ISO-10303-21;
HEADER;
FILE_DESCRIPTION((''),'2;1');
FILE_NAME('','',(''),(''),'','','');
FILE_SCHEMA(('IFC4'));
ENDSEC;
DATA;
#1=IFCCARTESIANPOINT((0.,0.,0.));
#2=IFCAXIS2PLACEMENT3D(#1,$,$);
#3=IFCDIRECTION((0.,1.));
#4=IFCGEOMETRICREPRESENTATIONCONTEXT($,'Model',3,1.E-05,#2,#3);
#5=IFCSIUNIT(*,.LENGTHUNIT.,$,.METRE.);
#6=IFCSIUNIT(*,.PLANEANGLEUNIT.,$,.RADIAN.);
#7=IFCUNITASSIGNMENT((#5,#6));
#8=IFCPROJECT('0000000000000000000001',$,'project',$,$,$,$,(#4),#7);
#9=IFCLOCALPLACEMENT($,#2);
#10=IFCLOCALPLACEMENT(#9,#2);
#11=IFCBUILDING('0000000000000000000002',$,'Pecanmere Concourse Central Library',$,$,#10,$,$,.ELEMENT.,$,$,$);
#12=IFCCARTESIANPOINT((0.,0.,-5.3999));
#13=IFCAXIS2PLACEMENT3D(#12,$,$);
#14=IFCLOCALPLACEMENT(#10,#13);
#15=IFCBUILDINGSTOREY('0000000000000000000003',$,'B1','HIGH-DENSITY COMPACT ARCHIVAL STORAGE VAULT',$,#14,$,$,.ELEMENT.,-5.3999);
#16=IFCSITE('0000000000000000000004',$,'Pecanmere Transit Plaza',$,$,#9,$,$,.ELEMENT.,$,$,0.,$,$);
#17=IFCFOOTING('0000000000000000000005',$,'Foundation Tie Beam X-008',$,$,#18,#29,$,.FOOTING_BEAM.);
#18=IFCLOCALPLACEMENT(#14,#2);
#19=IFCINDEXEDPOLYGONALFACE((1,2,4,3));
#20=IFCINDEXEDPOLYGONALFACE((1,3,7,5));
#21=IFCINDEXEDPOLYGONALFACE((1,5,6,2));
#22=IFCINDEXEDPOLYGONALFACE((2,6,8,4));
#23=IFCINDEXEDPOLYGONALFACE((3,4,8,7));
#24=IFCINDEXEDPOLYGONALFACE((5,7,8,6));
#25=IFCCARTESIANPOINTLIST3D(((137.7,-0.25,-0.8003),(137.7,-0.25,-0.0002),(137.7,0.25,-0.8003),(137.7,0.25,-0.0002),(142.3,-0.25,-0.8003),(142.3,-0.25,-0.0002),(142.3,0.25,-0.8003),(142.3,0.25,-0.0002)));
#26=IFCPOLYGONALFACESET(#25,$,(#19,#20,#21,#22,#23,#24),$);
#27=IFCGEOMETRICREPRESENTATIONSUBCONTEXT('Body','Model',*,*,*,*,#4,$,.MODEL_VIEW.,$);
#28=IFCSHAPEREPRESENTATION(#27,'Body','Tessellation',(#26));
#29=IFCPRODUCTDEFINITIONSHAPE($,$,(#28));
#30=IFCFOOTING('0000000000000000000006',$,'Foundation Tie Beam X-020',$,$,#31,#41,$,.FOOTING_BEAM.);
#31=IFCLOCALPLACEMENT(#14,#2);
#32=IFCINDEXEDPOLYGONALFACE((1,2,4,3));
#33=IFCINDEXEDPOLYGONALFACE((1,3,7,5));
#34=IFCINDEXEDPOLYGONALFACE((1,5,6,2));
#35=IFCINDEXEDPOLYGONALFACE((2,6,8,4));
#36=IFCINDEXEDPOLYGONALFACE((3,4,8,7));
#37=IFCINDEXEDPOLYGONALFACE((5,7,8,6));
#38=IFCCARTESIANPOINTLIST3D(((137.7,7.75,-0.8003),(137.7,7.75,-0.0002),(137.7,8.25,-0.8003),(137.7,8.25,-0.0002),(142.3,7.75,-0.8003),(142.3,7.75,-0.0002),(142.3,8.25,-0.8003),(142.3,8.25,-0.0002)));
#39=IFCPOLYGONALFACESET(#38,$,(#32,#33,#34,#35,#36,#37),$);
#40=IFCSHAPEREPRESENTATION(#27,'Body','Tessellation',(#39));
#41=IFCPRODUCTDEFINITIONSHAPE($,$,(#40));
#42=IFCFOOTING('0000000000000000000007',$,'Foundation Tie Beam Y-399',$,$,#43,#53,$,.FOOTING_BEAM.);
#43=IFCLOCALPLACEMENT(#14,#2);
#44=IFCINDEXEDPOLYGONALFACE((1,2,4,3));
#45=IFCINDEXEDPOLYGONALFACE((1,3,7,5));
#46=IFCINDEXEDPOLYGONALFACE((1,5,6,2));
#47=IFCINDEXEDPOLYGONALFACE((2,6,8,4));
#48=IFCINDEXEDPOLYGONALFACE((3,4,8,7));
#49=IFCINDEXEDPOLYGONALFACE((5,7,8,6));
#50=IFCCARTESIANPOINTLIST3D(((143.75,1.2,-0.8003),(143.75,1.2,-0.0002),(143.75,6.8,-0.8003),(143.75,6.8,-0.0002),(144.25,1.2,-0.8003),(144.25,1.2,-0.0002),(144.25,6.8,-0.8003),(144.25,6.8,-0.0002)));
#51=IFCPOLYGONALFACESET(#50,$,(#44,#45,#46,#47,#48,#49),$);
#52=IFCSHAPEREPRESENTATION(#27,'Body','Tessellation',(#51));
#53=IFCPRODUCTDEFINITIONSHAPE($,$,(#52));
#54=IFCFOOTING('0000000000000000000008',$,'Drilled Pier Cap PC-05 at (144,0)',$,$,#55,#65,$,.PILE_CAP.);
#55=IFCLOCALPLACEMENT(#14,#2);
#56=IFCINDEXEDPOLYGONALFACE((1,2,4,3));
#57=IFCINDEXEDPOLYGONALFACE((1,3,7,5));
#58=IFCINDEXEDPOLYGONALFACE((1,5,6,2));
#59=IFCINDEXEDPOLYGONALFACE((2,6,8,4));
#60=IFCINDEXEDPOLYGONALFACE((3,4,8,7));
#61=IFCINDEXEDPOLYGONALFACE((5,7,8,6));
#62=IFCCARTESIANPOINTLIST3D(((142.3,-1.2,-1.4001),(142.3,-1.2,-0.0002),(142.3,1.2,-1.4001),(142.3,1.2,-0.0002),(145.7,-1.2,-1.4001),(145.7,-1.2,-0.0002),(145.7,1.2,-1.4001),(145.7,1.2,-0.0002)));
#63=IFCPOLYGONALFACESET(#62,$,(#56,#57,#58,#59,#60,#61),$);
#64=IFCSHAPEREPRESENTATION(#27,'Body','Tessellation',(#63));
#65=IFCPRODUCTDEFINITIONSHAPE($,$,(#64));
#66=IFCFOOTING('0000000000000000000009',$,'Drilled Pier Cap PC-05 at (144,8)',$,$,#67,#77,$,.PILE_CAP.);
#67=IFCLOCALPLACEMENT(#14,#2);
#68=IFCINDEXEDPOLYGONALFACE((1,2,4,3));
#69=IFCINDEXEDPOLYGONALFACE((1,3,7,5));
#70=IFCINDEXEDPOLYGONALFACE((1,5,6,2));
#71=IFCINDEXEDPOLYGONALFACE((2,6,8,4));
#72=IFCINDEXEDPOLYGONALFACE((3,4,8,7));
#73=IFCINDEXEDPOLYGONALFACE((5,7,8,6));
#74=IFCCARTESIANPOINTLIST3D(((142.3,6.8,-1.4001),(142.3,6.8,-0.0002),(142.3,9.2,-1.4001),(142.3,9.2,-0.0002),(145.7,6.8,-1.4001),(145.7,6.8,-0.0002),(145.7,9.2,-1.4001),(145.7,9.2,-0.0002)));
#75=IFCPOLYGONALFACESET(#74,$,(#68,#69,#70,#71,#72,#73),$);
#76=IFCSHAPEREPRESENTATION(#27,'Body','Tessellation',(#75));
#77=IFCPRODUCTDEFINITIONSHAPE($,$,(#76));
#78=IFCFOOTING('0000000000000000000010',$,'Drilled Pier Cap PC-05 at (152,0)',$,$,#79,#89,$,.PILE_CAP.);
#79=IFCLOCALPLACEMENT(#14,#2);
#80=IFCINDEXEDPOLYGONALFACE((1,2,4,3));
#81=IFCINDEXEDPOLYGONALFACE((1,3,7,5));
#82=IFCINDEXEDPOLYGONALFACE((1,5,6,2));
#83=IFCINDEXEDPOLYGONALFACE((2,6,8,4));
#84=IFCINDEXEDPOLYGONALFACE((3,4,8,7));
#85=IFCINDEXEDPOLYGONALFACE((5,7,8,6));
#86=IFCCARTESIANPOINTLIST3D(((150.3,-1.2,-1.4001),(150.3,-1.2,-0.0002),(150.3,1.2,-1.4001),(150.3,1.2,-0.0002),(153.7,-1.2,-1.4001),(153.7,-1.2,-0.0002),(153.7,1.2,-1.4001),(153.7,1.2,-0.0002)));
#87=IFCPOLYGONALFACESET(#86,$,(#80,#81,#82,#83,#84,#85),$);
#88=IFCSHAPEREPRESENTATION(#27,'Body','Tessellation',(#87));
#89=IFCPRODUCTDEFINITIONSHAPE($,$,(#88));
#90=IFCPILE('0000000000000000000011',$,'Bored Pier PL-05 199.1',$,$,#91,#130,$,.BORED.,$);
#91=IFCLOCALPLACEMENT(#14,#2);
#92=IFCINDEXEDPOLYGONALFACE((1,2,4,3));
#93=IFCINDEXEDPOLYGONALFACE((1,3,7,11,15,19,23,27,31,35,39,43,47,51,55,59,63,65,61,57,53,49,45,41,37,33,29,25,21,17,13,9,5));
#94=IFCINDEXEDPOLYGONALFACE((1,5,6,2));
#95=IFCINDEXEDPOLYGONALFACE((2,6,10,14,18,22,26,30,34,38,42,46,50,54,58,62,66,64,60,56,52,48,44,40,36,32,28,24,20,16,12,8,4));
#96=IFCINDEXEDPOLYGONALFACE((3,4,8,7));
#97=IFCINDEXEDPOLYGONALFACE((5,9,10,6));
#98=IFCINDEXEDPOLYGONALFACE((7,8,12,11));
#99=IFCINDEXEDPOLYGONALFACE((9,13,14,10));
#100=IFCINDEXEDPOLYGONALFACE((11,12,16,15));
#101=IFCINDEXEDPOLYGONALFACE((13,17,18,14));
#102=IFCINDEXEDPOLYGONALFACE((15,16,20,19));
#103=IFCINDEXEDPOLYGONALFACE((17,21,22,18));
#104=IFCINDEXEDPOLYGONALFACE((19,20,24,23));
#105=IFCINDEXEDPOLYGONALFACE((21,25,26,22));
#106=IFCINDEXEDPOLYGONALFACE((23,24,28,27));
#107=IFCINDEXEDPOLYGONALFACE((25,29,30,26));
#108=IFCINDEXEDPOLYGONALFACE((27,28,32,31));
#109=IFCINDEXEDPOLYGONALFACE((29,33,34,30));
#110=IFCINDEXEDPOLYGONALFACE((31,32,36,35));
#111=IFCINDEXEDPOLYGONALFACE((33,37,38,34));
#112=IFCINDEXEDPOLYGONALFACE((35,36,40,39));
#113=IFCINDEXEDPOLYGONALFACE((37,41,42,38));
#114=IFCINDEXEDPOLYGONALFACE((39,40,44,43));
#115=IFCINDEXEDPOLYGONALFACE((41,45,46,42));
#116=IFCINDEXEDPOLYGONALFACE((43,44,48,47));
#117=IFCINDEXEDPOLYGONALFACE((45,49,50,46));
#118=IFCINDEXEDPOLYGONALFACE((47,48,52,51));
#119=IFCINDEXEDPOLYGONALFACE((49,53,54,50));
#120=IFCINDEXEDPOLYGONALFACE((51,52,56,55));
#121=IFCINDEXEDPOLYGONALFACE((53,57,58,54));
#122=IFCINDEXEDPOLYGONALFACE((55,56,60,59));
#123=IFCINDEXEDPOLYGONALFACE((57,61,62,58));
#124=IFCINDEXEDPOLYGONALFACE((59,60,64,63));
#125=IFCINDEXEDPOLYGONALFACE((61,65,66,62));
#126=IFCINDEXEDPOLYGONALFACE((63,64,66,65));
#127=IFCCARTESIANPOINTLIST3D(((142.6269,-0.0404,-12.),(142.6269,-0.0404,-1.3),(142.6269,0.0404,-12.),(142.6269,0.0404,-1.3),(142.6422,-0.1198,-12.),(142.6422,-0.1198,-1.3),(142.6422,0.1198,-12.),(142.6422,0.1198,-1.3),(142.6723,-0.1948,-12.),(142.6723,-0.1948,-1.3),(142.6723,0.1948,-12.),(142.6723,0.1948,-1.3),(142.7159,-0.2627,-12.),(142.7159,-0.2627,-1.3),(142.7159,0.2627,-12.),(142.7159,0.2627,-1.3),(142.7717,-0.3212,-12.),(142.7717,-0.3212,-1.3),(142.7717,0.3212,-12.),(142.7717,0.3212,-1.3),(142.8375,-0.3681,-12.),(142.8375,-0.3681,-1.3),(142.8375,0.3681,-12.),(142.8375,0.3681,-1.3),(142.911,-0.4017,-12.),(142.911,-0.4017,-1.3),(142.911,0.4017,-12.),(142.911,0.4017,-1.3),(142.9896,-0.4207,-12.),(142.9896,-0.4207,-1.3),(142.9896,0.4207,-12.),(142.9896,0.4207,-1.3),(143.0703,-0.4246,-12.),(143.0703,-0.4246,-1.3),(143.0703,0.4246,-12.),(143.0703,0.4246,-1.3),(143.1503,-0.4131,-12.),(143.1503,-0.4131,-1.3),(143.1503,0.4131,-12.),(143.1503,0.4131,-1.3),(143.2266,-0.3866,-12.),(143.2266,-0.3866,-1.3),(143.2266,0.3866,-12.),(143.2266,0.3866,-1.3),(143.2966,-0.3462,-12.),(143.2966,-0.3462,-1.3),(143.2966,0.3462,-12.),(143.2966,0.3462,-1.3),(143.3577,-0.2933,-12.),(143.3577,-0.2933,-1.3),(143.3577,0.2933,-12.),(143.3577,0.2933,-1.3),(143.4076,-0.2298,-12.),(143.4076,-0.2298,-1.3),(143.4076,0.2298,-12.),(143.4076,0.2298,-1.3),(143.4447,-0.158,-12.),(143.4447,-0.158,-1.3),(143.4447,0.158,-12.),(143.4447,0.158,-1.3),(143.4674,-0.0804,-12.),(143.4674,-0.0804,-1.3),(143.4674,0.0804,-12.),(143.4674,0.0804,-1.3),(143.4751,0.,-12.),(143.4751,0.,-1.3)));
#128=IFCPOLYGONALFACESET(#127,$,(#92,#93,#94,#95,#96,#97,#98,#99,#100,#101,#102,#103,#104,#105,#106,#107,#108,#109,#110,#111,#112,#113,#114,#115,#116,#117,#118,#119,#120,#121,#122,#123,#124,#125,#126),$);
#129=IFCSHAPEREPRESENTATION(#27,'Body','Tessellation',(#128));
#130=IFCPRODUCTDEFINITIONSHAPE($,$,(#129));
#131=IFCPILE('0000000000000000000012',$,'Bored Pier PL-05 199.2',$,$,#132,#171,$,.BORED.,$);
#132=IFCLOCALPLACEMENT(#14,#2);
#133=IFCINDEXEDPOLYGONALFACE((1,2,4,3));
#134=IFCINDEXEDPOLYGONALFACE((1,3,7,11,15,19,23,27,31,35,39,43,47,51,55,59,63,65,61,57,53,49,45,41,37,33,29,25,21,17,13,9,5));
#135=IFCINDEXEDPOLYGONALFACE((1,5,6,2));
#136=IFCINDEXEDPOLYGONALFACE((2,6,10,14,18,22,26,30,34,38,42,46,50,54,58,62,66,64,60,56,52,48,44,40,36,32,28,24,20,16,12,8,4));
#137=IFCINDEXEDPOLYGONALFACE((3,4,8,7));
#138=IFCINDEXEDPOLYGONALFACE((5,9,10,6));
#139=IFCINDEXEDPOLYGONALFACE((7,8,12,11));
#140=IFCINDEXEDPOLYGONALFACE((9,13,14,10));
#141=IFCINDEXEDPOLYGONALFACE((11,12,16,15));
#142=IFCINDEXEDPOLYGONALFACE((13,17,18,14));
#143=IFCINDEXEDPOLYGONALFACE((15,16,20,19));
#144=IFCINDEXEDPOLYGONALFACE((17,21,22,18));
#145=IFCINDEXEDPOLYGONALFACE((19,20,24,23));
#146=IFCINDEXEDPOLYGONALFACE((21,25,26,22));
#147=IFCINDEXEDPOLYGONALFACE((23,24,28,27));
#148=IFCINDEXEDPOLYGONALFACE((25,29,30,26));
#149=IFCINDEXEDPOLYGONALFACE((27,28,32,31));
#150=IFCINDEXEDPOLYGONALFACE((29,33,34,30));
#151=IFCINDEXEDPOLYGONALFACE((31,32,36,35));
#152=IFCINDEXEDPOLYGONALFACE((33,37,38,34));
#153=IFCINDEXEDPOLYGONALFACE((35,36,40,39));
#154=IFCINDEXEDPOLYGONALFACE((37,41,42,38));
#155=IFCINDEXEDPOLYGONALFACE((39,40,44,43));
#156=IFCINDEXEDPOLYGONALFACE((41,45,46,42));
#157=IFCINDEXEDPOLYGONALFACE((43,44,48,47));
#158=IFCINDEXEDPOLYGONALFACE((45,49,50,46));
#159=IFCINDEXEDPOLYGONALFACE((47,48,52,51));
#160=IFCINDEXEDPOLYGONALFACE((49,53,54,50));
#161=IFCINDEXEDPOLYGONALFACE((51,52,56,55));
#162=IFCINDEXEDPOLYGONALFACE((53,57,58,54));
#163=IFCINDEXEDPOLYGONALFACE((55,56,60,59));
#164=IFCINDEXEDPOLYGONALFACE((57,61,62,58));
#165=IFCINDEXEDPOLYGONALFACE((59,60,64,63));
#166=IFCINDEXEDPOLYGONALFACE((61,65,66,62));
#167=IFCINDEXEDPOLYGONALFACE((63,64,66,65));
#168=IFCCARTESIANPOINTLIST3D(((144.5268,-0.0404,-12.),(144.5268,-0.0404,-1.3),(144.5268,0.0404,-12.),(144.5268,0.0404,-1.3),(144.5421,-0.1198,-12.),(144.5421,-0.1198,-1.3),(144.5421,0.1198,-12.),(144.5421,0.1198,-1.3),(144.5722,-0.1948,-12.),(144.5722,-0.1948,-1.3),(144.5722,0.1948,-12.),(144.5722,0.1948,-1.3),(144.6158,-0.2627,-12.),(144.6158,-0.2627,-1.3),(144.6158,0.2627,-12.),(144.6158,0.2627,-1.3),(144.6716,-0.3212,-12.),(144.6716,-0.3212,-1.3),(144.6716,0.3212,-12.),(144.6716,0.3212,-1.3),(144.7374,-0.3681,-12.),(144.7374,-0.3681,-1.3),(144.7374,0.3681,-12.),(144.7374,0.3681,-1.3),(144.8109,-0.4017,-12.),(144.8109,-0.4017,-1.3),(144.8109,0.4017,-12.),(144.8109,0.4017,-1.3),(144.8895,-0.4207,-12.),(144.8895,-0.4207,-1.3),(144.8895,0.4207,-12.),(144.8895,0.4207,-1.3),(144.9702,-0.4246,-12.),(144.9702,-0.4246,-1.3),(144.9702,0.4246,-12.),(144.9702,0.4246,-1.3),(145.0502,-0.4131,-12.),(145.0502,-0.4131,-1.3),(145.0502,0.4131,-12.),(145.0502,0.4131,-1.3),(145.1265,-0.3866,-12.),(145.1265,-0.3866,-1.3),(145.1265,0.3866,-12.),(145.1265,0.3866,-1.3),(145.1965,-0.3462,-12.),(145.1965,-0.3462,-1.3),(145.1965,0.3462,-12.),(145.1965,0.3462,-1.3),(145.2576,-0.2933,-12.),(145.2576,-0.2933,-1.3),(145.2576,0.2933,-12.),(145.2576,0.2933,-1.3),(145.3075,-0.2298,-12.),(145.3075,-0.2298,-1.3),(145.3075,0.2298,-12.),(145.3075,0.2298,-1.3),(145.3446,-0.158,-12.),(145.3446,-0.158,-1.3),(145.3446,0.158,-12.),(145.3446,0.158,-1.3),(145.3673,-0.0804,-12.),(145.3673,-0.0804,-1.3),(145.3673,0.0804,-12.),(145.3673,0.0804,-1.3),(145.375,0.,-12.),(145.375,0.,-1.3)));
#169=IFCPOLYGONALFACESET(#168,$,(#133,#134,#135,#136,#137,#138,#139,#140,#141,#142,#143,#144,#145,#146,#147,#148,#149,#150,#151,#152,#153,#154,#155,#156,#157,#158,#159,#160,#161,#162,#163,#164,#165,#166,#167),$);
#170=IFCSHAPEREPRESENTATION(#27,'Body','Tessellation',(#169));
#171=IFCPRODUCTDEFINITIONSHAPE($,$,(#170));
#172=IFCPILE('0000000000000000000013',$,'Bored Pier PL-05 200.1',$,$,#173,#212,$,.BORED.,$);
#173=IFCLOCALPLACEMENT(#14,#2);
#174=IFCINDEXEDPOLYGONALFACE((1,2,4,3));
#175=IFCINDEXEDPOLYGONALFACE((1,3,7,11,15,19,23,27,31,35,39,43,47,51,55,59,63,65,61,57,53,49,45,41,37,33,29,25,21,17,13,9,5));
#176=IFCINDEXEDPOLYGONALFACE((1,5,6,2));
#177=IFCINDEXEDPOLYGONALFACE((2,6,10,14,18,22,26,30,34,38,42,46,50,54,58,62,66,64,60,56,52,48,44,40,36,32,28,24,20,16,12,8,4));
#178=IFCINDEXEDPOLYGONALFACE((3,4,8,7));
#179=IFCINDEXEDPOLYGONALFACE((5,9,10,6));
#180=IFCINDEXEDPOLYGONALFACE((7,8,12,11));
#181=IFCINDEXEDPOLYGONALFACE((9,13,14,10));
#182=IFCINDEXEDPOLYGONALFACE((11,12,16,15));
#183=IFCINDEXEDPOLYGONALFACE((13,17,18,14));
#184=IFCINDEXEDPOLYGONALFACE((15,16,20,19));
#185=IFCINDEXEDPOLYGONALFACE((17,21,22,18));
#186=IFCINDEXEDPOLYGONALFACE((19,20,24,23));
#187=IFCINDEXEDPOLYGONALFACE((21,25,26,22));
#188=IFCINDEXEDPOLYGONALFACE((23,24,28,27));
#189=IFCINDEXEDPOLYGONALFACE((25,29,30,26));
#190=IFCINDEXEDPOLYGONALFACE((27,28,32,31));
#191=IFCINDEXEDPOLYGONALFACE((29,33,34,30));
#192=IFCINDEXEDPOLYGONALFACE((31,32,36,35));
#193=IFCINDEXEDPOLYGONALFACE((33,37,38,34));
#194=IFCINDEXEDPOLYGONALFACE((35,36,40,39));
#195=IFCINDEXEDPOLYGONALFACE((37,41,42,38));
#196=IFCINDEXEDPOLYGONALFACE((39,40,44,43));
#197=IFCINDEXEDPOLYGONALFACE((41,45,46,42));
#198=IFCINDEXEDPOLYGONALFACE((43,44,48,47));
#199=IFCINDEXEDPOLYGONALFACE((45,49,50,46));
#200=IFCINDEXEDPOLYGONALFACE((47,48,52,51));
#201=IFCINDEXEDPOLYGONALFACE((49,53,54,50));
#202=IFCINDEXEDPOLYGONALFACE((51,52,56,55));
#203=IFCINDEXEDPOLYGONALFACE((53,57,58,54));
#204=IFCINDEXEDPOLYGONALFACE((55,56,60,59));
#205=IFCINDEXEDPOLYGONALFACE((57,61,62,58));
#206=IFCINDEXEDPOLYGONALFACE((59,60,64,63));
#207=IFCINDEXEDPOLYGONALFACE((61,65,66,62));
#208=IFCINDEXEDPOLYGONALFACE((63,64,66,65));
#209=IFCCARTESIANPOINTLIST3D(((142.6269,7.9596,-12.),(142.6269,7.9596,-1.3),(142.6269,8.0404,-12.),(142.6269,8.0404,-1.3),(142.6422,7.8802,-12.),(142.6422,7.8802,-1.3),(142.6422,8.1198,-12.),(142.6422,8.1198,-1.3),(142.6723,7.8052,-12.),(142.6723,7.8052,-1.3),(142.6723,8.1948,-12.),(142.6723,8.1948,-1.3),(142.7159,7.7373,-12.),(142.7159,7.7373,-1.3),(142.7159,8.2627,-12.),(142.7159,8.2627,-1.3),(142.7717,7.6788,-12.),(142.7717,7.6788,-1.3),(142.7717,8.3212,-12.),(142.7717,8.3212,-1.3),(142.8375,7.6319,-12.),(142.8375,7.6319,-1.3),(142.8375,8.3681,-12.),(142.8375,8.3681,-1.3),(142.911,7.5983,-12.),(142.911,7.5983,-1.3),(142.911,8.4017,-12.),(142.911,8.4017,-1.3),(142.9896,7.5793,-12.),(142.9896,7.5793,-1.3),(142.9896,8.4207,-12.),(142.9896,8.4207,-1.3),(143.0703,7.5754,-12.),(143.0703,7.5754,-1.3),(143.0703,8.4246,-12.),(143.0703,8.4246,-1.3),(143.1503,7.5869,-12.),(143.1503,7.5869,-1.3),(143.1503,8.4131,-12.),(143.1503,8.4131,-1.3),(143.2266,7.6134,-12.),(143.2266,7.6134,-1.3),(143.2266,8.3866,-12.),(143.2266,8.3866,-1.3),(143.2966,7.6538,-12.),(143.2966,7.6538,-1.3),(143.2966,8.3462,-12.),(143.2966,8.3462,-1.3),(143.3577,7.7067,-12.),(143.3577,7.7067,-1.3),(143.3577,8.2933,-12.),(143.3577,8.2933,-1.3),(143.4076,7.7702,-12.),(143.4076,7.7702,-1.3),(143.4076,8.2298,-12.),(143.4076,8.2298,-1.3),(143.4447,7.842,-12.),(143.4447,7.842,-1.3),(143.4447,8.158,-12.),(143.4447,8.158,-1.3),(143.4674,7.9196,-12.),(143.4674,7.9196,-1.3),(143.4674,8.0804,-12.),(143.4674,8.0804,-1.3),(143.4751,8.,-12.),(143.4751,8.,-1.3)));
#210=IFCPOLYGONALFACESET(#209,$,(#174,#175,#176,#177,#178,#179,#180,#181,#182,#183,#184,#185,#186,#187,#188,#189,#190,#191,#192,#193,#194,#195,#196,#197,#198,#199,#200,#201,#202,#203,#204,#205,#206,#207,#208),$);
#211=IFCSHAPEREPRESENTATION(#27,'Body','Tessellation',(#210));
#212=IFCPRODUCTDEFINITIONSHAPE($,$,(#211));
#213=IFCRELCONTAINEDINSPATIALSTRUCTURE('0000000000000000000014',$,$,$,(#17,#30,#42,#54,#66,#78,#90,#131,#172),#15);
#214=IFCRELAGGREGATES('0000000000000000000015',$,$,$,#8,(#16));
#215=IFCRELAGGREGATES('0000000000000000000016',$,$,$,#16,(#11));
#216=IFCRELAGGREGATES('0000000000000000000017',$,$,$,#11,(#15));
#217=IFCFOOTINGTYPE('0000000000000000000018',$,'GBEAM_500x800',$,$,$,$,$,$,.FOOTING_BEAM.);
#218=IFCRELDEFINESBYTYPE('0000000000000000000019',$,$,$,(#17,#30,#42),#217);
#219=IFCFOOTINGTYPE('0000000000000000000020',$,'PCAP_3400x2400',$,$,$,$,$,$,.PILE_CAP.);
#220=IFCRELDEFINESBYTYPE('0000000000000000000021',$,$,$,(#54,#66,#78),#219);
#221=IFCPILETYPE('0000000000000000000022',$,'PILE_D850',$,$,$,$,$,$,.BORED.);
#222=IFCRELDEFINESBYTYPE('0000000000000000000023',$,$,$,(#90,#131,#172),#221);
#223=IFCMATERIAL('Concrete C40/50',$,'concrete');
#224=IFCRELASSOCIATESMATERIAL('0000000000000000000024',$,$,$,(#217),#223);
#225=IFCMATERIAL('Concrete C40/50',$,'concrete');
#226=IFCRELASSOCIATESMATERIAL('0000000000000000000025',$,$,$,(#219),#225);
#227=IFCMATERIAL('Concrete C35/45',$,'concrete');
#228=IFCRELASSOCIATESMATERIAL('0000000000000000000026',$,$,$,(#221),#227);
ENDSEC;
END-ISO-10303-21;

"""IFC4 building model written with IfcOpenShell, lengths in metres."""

from ifc_helpers import new_model, si_unit, direction, frame, origin, origin_2d, place, context, subcontext, project, spatial, rectangle, circle, extrude, material, material_profile, profile_set, type_object, element, save


model = new_model("IFC4")

# Units and contexts
model_context = context("Model", 3, precision=1e-05, world=origin(), true_north=direction((0.0, 1.0)))
body_context = subcontext(model_context, "Body", "Model", "MODEL_VIEW")
ifc_project = project(units=[si_unit("LENGTHUNIT", "METRE"), si_unit("PLANEANGLEUNIT", "RADIAN")], contexts=[model_context])

# Site, building, storey
site_placement = place(None, origin())
site = spatial("IfcSite", under=ifc_project, at=site_placement, Name="Pecanmere Transit Plaza", CompositionType="ELEMENT", RefElevation=0.0)
building_placement = place(site_placement, origin())
building = spatial("IfcBuilding", under=site, at=building_placement, Name="Pecanmere Concourse Central Library", CompositionType="ELEMENT")
storey_placement = place(building_placement, frame((0.0, 0.0, -5.3999)))
storey = spatial("IfcBuildingStorey", under=building, at=storey_placement, Name="B1", Description="HIGH-DENSITY COMPACT ARCHIVAL STORAGE VAULT", CompositionType="ELEMENT", Elevation=-5.3999)

# Footings
ifc_material_1 = material(Name="Concrete C40/50", Category="concrete")
ifc_material_profile_1 = material_profile(ifc_material_1, rectangle(XDim=0.5, YDim=0.8, at=origin_2d()), Name="RC 500x800")
ifc_profile_set_1 = profile_set([ifc_material_profile_1], Name="Concrete C40/50")
footing_type_1 = type_object("IfcFootingType", Name="GBEAM_500x800", PredefinedType="FOOTING_BEAM", material=ifc_profile_set_1)
for number, where, z_axis, x_axis, name in (
    (1, (140.0, 0.0, -0.8003), (0.0, 0.0, 1.0), (1.0, 0.0, 0.0), "Foundation Tie Beam X-008"),
    (2, (140.0, 8.0, -0.8003), (0.0, 0.0, 1.0), (1.0, 0.0, 0.0), "Foundation Tie Beam X-020"),
):
    element("IfcFooting", number, at=place(storey_placement, frame(where, z_axis=z_axis, x_axis=x_axis)), inside=storey, type_object=footing_type_1, Name=name, PredefinedType="FOOTING_BEAM", context=body_context, shape_type="SweptSolid", body=[
        extrude(rectangle(XDim=4.6001, YDim=0.5, at=origin_2d()), origin(), (0.0, 0.0, 1.0), 0.8),
    ])
footing_1_placement = place(storey_placement, frame((144.0, 4.0, -0.8003), z_axis=(0.0, 0.0, 1.0), x_axis=(0.0, 1.0, 0.0)))
element("IfcFooting", 3, at=footing_1_placement, inside=storey, type_object=footing_type_1, Name="Foundation Tie Beam Y-399", PredefinedType="FOOTING_BEAM", context=body_context, shape_type="SweptSolid", body=[
    extrude(rectangle(XDim=5.6001, YDim=0.5, at=origin_2d()), origin(), (0.0, 0.0, 1.0), 0.8),
])
ifc_material_2 = material(Name="Concrete C40/50", Category="concrete")
footing_type_2 = type_object("IfcFootingType", Name="PCAP_3400x2400", PredefinedType="PILE_CAP", material=ifc_material_2)
for number, where, z_axis, x_axis, name in (
    (4, (144.0, 0.0, -1.4001), (0.0, 0.0, 1.0), (1.0, 0.0, 0.0), "Drilled Pier Cap PC-05 at (144,0)"),
    (5, (144.0, 8.0, -1.4001), (0.0, 0.0, 1.0), (1.0, 0.0, 0.0), "Drilled Pier Cap PC-05 at (144,8)"),
    (6, (152.0, 0.0, -1.4001), (0.0, 0.0, 1.0), (1.0, 0.0, 0.0), "Drilled Pier Cap PC-05 at (152,0)"),
):
    element("IfcFooting", number, at=place(storey_placement, frame(where, z_axis=z_axis, x_axis=x_axis)), inside=storey, type_object=footing_type_2, Name=name, PredefinedType="PILE_CAP", context=body_context, shape_type="SweptSolid", body=[
        extrude(rectangle(XDim=3.3999, YDim=2.3999, at=origin_2d()), origin(), (0.0, 0.0, 1.0), 1.3999),
    ])

# Piles
ifc_material_3 = material(Name="Concrete C35/45", Category="concrete")
ifc_material_profile_2 = material_profile(ifc_material_3, circle(Radius=0.425, at=origin_2d()), Name="PIER D850")
ifc_profile_set_2 = profile_set([ifc_material_profile_2], Name="Concrete C35/45")
pile_type = type_object("IfcPileType", Name="PILE_D850", PredefinedType="BORED", material=ifc_profile_set_2)
for number, where, z_axis, x_axis, name in (
    (7, (143.05, 0.0, -1.3), (0.0, 0.0, -1.0), (1.0, 0.0, 0.0), "Bored Pier PL-05 199.1"),
    (8, (144.95, 0.0, -1.3), (0.0, 0.0, -1.0), (1.0, 0.0, 0.0), "Bored Pier PL-05 199.2"),
    (9, (143.05, 8.0, -1.3), (0.0, 0.0, -1.0), (1.0, 0.0, 0.0), "Bored Pier PL-05 200.1"),
):
    element("IfcPile", number, at=place(storey_placement, frame(where, z_axis=z_axis, x_axis=x_axis)), inside=storey, type_object=pile_type, Name=name, PredefinedType="BORED", context=body_context, shape_type="SweptSolid", body=[
        extrude(circle(Radius=0.425, at=origin_2d()), origin(), (0.0, 0.0, 1.0), 10.7),
    ])

save(model, "model.ifc")
